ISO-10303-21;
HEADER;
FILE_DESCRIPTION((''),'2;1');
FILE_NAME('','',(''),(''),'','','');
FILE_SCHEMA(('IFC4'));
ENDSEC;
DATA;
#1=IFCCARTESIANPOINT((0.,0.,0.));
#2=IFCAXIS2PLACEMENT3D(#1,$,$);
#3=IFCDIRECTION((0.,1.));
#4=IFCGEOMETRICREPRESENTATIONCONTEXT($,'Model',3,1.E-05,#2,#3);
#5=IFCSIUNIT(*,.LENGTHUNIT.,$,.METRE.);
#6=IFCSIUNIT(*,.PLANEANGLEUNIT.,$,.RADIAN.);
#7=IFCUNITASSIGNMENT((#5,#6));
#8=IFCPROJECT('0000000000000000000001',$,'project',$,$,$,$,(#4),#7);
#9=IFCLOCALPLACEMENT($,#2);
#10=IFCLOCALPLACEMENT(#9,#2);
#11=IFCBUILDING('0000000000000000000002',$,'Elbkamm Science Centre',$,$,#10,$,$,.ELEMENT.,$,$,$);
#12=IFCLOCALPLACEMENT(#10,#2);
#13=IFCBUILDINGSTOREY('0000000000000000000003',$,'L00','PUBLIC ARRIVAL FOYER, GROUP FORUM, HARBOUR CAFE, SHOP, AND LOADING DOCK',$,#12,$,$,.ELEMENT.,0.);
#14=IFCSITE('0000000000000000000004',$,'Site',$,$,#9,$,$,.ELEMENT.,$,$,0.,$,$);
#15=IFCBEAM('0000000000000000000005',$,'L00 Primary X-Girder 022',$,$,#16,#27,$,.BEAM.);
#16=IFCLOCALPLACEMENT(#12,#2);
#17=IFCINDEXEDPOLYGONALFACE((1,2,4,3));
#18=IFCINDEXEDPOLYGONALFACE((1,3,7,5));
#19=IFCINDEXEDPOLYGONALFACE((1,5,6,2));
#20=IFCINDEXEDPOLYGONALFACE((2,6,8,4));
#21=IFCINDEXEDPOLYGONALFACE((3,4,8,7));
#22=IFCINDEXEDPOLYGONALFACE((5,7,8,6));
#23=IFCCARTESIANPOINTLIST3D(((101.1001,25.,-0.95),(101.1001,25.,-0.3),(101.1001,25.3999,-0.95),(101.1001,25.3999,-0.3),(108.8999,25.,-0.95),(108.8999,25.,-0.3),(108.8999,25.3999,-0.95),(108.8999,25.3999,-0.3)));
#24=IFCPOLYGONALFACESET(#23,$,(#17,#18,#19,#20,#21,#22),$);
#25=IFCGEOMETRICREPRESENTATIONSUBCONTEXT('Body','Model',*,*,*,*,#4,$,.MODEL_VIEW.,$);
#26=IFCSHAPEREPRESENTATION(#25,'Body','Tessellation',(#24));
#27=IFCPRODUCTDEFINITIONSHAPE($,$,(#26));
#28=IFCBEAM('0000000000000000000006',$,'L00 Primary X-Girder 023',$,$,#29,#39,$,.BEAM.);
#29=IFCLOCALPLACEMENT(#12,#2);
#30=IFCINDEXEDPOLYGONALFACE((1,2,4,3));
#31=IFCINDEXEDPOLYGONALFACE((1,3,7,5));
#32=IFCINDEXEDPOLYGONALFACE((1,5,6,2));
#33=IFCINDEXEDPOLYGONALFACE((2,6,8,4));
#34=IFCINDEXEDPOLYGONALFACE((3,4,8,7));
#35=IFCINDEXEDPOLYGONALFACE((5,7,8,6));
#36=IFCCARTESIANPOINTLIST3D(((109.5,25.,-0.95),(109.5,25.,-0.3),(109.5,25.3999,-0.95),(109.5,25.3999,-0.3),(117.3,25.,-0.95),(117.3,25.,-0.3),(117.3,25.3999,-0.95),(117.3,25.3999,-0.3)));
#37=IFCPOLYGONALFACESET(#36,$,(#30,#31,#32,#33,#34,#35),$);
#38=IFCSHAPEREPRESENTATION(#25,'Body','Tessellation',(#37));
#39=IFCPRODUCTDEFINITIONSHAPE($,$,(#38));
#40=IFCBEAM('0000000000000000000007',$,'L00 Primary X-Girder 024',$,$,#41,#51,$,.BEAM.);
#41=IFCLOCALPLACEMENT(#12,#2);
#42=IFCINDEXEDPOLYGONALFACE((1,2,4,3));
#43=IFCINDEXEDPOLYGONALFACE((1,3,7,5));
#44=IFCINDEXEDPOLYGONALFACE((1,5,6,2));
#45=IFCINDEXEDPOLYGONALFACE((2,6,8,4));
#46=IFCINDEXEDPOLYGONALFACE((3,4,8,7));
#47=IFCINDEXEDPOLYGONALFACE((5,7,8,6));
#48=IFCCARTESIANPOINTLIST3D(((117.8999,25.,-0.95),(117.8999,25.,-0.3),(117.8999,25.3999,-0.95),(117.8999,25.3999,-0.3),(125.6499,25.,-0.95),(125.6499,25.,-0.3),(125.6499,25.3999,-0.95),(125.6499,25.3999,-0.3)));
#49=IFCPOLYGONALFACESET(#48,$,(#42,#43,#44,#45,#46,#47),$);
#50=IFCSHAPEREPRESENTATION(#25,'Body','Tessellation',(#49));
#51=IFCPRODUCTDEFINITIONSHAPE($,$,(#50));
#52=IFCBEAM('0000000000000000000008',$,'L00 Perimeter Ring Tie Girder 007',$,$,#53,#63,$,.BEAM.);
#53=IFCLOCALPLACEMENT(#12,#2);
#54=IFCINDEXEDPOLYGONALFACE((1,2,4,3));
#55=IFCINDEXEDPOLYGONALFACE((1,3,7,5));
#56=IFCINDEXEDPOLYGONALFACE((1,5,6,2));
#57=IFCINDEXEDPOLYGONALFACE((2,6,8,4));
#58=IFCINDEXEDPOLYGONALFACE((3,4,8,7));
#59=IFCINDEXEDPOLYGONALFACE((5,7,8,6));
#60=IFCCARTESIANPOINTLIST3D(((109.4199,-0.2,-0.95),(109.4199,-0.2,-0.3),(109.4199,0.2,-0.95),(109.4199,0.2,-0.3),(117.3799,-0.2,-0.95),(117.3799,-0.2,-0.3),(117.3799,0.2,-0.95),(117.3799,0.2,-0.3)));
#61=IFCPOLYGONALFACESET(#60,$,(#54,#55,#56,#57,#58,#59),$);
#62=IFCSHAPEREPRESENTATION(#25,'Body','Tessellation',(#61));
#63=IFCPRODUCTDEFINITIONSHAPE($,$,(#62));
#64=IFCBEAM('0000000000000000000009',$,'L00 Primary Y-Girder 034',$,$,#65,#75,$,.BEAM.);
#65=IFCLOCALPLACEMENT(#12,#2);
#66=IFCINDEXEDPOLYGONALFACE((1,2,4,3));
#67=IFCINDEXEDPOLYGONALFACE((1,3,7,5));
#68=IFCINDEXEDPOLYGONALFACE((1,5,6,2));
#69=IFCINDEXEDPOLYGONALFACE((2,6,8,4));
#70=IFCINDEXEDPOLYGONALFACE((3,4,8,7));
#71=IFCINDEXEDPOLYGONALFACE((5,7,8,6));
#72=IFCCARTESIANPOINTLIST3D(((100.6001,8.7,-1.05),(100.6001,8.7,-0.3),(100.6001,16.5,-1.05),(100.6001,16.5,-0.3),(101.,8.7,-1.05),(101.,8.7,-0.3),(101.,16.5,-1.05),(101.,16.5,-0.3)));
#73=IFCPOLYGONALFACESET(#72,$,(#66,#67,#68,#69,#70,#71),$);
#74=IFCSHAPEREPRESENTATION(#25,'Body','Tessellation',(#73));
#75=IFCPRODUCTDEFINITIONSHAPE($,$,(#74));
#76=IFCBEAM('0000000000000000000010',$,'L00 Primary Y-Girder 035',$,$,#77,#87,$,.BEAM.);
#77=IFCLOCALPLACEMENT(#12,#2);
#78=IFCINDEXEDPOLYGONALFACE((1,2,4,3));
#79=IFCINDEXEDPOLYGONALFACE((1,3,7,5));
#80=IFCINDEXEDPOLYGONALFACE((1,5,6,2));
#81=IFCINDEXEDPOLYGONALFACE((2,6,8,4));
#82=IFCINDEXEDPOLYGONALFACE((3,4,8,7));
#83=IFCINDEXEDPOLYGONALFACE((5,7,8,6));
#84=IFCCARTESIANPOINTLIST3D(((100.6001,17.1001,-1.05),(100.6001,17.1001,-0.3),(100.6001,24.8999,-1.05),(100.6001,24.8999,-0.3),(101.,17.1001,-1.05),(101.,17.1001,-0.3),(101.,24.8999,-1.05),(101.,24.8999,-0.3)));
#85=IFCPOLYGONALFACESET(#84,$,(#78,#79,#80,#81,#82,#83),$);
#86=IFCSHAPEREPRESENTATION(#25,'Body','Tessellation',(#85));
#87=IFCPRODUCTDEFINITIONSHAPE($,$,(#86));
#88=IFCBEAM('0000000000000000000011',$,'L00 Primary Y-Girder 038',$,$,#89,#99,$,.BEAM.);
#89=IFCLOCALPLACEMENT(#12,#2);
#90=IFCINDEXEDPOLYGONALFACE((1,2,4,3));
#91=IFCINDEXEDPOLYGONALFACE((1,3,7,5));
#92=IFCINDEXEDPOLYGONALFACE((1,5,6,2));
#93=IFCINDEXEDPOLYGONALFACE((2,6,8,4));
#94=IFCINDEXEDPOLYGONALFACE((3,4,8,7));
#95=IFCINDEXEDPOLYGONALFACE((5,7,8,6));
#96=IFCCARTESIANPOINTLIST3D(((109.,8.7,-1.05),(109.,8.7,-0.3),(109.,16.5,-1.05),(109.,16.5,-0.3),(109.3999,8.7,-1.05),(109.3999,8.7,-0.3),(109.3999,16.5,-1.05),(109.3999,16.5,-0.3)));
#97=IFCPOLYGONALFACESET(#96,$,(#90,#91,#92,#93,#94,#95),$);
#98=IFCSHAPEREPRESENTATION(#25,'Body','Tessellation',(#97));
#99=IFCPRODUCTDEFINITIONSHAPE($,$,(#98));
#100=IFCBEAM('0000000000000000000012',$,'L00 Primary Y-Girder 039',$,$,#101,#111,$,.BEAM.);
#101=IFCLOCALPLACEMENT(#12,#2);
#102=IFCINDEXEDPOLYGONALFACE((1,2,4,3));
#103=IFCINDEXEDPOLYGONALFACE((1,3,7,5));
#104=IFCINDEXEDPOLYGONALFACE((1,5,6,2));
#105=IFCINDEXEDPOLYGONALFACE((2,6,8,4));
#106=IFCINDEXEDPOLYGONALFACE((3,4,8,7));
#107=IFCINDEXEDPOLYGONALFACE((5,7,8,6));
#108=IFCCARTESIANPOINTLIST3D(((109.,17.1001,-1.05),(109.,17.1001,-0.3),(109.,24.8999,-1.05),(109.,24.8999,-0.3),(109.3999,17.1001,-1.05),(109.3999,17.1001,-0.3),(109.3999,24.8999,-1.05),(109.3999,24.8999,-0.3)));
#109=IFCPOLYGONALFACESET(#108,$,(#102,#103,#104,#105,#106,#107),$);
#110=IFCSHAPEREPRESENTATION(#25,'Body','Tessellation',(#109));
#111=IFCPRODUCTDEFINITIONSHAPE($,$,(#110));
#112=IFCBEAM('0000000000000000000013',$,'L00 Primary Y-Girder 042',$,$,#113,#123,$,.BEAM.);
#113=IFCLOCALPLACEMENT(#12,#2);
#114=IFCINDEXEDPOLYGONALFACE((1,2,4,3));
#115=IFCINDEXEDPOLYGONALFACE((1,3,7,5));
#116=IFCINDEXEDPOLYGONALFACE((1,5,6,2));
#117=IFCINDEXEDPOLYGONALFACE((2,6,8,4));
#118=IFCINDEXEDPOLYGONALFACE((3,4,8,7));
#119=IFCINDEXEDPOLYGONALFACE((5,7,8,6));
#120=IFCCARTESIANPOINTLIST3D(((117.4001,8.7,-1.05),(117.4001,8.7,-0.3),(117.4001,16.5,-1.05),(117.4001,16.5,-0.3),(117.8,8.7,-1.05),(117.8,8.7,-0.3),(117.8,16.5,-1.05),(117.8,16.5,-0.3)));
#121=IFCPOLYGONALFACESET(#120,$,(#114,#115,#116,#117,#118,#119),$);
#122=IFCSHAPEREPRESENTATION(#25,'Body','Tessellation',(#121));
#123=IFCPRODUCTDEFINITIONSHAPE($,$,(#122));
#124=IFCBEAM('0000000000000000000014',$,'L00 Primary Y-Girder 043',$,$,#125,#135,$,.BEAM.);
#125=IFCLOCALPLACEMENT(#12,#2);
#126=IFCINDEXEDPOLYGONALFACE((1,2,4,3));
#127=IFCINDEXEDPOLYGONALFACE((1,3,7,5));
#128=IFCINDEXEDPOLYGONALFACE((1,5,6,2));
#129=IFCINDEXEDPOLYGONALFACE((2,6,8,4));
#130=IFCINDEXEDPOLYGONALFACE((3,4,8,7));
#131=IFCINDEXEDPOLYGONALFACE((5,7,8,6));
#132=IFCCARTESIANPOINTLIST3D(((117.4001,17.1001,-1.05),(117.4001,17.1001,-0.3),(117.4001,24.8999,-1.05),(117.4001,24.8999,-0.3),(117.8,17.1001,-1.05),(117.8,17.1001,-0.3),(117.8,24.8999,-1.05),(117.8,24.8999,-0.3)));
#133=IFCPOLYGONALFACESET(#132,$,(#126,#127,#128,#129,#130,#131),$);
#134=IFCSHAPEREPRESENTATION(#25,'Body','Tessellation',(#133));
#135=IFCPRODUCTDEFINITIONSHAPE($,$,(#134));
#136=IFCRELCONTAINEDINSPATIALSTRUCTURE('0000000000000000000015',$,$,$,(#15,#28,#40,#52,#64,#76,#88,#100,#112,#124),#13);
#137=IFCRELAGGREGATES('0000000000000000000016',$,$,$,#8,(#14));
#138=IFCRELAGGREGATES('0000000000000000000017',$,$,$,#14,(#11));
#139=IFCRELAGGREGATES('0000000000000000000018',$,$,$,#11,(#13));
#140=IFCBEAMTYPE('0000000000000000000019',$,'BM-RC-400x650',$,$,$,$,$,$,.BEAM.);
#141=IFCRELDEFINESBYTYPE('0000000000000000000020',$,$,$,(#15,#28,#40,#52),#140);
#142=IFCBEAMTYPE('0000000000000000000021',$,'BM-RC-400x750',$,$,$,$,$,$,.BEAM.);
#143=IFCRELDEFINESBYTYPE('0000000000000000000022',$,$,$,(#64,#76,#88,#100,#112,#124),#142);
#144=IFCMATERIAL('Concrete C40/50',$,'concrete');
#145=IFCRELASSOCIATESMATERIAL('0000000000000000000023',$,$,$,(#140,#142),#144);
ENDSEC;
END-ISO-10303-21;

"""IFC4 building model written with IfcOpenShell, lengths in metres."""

from ifc_helpers import new_model, si_unit, direction, frame, origin, origin_2d, place, context, subcontext, project, spatial, rectangle, extrude, material, material_profile, profile_set, type_object, element, save


model = new_model("IFC4")

# Units and contexts
model_context = context("Model", 3, precision=1e-05, world=origin(), true_north=direction((0.0, 1.0)))
body_context = subcontext(model_context, "Body", "Model", "MODEL_VIEW")
ifc_project = project(units=[si_unit("LENGTHUNIT", "METRE"), si_unit("PLANEANGLEUNIT", "RADIAN")], contexts=[model_context])

# Site, building, storey
site_placement = place(None, origin())
site = spatial("IfcSite", under=ifc_project, at=site_placement, Name="Site", CompositionType="ELEMENT", RefElevation=0.0)
building_placement = place(site_placement, origin())
building = spatial("IfcBuilding", under=site, at=building_placement, Name="Elbkamm Science Centre", CompositionType="ELEMENT")
storey_placement = place(building_placement, origin())
storey = spatial("IfcBuildingStorey", under=building, at=storey_placement, Name="L00", Description="PUBLIC ARRIVAL FOYER, GROUP FORUM, HARBOUR CAFE, SHOP, AND LOADING DOCK", CompositionType="ELEMENT", Elevation=0.0)

# Shared definitions
ifc_material = material(Name="Concrete C40/50", Category="concrete")

# Beams
ifc_material_profile_1 = material_profile(ifc_material, rectangle(XDim=0.3999, YDim=0.6499, at=origin_2d()), Name="RC 400x650")
ifc_profile_set_1 = profile_set([ifc_material_profile_1], Name="Concrete C40/50")
beam_type_1 = type_object("IfcBeamType", Name="BM-RC-400x650", PredefinedType="BEAM", material=ifc_profile_set_1)
beam_1_placement = place(storey_placement, frame((101.1001, 25.2, -0.625), z_axis=(1.0, 0.0, 0.0), x_axis=(0.0, 1.0, 0.0)))
element("IfcBeam", 1, at=beam_1_placement, inside=storey, type_object=beam_type_1, Name="L00 Primary X-Girder 022", PredefinedType="BEAM", context=body_context, shape_type="SweptSolid", body=[
    extrude(rectangle(XDim=0.3999, YDim=0.6499, at=origin_2d()), origin(), (0.0, 0.0, 1.0), 7.7998),
])
beam_2_placement = place(storey_placement, frame((109.5, 25.2, -0.625), z_axis=(1.0, 0.0, 0.0), x_axis=(0.0, 1.0, 0.0)))
element("IfcBeam", 2, at=beam_2_placement, inside=storey, type_object=beam_type_1, Name="L00 Primary X-Girder 023", PredefinedType="BEAM", context=body_context, shape_type="SweptSolid", body=[
    extrude(rectangle(XDim=0.3999, YDim=0.6499, at=origin_2d()), origin(), (0.0, 0.0, 1.0), 7.8),
])
beam_3_placement = place(storey_placement, frame((117.8999, 25.2, -0.625), z_axis=(1.0, 0.0, 0.0), x_axis=(0.0, 1.0, 0.0)))
element("IfcBeam", 3, at=beam_3_placement, inside=storey, type_object=beam_type_1, Name="L00 Primary X-Girder 024", PredefinedType="BEAM", context=body_context, shape_type="SweptSolid", body=[
    extrude(rectangle(XDim=0.3999, YDim=0.6499, at=origin_2d()), origin(), (0.0, 0.0, 1.0), 7.75),
])
beam_4_placement = place(storey_placement, frame((109.4199, 0.0, -0.625), z_axis=(1.0, 0.0, 0.0), x_axis=(0.0, 1.0, 0.0)))
element("IfcBeam", 4, at=beam_4_placement, inside=storey, type_object=beam_type_1, Name="L00 Perimeter Ring Tie Girder 007", PredefinedType="BEAM", context=body_context, shape_type="SweptSolid", body=[
    extrude(rectangle(XDim=0.3999, YDim=0.6499, at=origin_2d()), origin(), (0.0, 0.0, 1.0), 7.96),
])
ifc_material_profile_2 = material_profile(ifc_material, rectangle(XDim=0.3999, YDim=0.75, at=origin_2d()), Name="RC 400x750")
ifc_profile_set_2 = profile_set([ifc_material_profile_2], Name="Concrete C40/50")
beam_type_2 = type_object("IfcBeamType", Name="BM-RC-400x750", PredefinedType="BEAM", material=ifc_profile_set_2)
beam_5_placement = place(storey_placement, frame((100.8, 8.7, -0.675), z_axis=(0.0, 1.0, 0.0), x_axis=(-1.0, 0.0, 0.0)))
element("IfcBeam", 5, at=beam_5_placement, inside=storey, type_object=beam_type_2, Name="L00 Primary Y-Girder 034", PredefinedType="BEAM", context=body_context, shape_type="SweptSolid", body=[
    extrude(rectangle(XDim=0.3999, YDim=0.75, at=origin_2d()), origin(), (0.0, 0.0, 1.0), 7.8),
])
beam_6_placement = place(storey_placement, frame((100.8, 17.1001, -0.675), z_axis=(0.0, 1.0, 0.0), x_axis=(-1.0, 0.0, 0.0)))
element("IfcBeam", 6, at=beam_6_placement, inside=storey, type_object=beam_type_2, Name="L00 Primary Y-Girder 035", PredefinedType="BEAM", context=body_context, shape_type="SweptSolid", body=[
    extrude(rectangle(XDim=0.3999, YDim=0.75, at=origin_2d()), origin(), (0.0, 0.0, 1.0), 7.7998),
])
beam_7_placement = place(storey_placement, frame((109.2, 8.7, -0.675), z_axis=(0.0, 1.0, 0.0), x_axis=(-1.0, 0.0, 0.0)))
element("IfcBeam", 7, at=beam_7_placement, inside=storey, type_object=beam_type_2, Name="L00 Primary Y-Girder 038", PredefinedType="BEAM", context=body_context, shape_type="SweptSolid", body=[
    extrude(rectangle(XDim=0.3999, YDim=0.75, at=origin_2d()), origin(), (0.0, 0.0, 1.0), 7.8),
])
beam_8_placement = place(storey_placement, frame((109.2, 17.1001, -0.675), z_axis=(0.0, 1.0, 0.0), x_axis=(-1.0, 0.0, 0.0)))
element("IfcBeam", 8, at=beam_8_placement, inside=storey, type_object=beam_type_2, Name="L00 Primary Y-Girder 039", PredefinedType="BEAM", context=body_context, shape_type="SweptSolid", body=[
    extrude(rectangle(XDim=0.3999, YDim=0.75, at=origin_2d()), origin(), (0.0, 0.0, 1.0), 7.7998),
])
beam_9_placement = place(storey_placement, frame((117.6001, 8.7, -0.675), z_axis=(0.0, 1.0, 0.0), x_axis=(-1.0, 0.0, 0.0)))
element("IfcBeam", 9, at=beam_9_placement, inside=storey, type_object=beam_type_2, Name="L00 Primary Y-Girder 042", PredefinedType="BEAM", context=body_context, shape_type="SweptSolid", body=[
    extrude(rectangle(XDim=0.3999, YDim=0.75, at=origin_2d()), origin(), (0.0, 0.0, 1.0), 7.8),
])
beam_10_placement = place(storey_placement, frame((117.6001, 17.1001, -0.675), z_axis=(0.0, 1.0, 0.0), x_axis=(-1.0, 0.0, 0.0)))
element("IfcBeam", 10, at=beam_10_placement, inside=storey, type_object=beam_type_2, Name="L00 Primary Y-Girder 043", PredefinedType="BEAM", context=body_context, shape_type="SweptSolid", body=[
    extrude(rectangle(XDim=0.3999, YDim=0.75, at=origin_2d()), origin(), (0.0, 0.0, 1.0), 7.7998),
])

save(model, "model.ifc")
